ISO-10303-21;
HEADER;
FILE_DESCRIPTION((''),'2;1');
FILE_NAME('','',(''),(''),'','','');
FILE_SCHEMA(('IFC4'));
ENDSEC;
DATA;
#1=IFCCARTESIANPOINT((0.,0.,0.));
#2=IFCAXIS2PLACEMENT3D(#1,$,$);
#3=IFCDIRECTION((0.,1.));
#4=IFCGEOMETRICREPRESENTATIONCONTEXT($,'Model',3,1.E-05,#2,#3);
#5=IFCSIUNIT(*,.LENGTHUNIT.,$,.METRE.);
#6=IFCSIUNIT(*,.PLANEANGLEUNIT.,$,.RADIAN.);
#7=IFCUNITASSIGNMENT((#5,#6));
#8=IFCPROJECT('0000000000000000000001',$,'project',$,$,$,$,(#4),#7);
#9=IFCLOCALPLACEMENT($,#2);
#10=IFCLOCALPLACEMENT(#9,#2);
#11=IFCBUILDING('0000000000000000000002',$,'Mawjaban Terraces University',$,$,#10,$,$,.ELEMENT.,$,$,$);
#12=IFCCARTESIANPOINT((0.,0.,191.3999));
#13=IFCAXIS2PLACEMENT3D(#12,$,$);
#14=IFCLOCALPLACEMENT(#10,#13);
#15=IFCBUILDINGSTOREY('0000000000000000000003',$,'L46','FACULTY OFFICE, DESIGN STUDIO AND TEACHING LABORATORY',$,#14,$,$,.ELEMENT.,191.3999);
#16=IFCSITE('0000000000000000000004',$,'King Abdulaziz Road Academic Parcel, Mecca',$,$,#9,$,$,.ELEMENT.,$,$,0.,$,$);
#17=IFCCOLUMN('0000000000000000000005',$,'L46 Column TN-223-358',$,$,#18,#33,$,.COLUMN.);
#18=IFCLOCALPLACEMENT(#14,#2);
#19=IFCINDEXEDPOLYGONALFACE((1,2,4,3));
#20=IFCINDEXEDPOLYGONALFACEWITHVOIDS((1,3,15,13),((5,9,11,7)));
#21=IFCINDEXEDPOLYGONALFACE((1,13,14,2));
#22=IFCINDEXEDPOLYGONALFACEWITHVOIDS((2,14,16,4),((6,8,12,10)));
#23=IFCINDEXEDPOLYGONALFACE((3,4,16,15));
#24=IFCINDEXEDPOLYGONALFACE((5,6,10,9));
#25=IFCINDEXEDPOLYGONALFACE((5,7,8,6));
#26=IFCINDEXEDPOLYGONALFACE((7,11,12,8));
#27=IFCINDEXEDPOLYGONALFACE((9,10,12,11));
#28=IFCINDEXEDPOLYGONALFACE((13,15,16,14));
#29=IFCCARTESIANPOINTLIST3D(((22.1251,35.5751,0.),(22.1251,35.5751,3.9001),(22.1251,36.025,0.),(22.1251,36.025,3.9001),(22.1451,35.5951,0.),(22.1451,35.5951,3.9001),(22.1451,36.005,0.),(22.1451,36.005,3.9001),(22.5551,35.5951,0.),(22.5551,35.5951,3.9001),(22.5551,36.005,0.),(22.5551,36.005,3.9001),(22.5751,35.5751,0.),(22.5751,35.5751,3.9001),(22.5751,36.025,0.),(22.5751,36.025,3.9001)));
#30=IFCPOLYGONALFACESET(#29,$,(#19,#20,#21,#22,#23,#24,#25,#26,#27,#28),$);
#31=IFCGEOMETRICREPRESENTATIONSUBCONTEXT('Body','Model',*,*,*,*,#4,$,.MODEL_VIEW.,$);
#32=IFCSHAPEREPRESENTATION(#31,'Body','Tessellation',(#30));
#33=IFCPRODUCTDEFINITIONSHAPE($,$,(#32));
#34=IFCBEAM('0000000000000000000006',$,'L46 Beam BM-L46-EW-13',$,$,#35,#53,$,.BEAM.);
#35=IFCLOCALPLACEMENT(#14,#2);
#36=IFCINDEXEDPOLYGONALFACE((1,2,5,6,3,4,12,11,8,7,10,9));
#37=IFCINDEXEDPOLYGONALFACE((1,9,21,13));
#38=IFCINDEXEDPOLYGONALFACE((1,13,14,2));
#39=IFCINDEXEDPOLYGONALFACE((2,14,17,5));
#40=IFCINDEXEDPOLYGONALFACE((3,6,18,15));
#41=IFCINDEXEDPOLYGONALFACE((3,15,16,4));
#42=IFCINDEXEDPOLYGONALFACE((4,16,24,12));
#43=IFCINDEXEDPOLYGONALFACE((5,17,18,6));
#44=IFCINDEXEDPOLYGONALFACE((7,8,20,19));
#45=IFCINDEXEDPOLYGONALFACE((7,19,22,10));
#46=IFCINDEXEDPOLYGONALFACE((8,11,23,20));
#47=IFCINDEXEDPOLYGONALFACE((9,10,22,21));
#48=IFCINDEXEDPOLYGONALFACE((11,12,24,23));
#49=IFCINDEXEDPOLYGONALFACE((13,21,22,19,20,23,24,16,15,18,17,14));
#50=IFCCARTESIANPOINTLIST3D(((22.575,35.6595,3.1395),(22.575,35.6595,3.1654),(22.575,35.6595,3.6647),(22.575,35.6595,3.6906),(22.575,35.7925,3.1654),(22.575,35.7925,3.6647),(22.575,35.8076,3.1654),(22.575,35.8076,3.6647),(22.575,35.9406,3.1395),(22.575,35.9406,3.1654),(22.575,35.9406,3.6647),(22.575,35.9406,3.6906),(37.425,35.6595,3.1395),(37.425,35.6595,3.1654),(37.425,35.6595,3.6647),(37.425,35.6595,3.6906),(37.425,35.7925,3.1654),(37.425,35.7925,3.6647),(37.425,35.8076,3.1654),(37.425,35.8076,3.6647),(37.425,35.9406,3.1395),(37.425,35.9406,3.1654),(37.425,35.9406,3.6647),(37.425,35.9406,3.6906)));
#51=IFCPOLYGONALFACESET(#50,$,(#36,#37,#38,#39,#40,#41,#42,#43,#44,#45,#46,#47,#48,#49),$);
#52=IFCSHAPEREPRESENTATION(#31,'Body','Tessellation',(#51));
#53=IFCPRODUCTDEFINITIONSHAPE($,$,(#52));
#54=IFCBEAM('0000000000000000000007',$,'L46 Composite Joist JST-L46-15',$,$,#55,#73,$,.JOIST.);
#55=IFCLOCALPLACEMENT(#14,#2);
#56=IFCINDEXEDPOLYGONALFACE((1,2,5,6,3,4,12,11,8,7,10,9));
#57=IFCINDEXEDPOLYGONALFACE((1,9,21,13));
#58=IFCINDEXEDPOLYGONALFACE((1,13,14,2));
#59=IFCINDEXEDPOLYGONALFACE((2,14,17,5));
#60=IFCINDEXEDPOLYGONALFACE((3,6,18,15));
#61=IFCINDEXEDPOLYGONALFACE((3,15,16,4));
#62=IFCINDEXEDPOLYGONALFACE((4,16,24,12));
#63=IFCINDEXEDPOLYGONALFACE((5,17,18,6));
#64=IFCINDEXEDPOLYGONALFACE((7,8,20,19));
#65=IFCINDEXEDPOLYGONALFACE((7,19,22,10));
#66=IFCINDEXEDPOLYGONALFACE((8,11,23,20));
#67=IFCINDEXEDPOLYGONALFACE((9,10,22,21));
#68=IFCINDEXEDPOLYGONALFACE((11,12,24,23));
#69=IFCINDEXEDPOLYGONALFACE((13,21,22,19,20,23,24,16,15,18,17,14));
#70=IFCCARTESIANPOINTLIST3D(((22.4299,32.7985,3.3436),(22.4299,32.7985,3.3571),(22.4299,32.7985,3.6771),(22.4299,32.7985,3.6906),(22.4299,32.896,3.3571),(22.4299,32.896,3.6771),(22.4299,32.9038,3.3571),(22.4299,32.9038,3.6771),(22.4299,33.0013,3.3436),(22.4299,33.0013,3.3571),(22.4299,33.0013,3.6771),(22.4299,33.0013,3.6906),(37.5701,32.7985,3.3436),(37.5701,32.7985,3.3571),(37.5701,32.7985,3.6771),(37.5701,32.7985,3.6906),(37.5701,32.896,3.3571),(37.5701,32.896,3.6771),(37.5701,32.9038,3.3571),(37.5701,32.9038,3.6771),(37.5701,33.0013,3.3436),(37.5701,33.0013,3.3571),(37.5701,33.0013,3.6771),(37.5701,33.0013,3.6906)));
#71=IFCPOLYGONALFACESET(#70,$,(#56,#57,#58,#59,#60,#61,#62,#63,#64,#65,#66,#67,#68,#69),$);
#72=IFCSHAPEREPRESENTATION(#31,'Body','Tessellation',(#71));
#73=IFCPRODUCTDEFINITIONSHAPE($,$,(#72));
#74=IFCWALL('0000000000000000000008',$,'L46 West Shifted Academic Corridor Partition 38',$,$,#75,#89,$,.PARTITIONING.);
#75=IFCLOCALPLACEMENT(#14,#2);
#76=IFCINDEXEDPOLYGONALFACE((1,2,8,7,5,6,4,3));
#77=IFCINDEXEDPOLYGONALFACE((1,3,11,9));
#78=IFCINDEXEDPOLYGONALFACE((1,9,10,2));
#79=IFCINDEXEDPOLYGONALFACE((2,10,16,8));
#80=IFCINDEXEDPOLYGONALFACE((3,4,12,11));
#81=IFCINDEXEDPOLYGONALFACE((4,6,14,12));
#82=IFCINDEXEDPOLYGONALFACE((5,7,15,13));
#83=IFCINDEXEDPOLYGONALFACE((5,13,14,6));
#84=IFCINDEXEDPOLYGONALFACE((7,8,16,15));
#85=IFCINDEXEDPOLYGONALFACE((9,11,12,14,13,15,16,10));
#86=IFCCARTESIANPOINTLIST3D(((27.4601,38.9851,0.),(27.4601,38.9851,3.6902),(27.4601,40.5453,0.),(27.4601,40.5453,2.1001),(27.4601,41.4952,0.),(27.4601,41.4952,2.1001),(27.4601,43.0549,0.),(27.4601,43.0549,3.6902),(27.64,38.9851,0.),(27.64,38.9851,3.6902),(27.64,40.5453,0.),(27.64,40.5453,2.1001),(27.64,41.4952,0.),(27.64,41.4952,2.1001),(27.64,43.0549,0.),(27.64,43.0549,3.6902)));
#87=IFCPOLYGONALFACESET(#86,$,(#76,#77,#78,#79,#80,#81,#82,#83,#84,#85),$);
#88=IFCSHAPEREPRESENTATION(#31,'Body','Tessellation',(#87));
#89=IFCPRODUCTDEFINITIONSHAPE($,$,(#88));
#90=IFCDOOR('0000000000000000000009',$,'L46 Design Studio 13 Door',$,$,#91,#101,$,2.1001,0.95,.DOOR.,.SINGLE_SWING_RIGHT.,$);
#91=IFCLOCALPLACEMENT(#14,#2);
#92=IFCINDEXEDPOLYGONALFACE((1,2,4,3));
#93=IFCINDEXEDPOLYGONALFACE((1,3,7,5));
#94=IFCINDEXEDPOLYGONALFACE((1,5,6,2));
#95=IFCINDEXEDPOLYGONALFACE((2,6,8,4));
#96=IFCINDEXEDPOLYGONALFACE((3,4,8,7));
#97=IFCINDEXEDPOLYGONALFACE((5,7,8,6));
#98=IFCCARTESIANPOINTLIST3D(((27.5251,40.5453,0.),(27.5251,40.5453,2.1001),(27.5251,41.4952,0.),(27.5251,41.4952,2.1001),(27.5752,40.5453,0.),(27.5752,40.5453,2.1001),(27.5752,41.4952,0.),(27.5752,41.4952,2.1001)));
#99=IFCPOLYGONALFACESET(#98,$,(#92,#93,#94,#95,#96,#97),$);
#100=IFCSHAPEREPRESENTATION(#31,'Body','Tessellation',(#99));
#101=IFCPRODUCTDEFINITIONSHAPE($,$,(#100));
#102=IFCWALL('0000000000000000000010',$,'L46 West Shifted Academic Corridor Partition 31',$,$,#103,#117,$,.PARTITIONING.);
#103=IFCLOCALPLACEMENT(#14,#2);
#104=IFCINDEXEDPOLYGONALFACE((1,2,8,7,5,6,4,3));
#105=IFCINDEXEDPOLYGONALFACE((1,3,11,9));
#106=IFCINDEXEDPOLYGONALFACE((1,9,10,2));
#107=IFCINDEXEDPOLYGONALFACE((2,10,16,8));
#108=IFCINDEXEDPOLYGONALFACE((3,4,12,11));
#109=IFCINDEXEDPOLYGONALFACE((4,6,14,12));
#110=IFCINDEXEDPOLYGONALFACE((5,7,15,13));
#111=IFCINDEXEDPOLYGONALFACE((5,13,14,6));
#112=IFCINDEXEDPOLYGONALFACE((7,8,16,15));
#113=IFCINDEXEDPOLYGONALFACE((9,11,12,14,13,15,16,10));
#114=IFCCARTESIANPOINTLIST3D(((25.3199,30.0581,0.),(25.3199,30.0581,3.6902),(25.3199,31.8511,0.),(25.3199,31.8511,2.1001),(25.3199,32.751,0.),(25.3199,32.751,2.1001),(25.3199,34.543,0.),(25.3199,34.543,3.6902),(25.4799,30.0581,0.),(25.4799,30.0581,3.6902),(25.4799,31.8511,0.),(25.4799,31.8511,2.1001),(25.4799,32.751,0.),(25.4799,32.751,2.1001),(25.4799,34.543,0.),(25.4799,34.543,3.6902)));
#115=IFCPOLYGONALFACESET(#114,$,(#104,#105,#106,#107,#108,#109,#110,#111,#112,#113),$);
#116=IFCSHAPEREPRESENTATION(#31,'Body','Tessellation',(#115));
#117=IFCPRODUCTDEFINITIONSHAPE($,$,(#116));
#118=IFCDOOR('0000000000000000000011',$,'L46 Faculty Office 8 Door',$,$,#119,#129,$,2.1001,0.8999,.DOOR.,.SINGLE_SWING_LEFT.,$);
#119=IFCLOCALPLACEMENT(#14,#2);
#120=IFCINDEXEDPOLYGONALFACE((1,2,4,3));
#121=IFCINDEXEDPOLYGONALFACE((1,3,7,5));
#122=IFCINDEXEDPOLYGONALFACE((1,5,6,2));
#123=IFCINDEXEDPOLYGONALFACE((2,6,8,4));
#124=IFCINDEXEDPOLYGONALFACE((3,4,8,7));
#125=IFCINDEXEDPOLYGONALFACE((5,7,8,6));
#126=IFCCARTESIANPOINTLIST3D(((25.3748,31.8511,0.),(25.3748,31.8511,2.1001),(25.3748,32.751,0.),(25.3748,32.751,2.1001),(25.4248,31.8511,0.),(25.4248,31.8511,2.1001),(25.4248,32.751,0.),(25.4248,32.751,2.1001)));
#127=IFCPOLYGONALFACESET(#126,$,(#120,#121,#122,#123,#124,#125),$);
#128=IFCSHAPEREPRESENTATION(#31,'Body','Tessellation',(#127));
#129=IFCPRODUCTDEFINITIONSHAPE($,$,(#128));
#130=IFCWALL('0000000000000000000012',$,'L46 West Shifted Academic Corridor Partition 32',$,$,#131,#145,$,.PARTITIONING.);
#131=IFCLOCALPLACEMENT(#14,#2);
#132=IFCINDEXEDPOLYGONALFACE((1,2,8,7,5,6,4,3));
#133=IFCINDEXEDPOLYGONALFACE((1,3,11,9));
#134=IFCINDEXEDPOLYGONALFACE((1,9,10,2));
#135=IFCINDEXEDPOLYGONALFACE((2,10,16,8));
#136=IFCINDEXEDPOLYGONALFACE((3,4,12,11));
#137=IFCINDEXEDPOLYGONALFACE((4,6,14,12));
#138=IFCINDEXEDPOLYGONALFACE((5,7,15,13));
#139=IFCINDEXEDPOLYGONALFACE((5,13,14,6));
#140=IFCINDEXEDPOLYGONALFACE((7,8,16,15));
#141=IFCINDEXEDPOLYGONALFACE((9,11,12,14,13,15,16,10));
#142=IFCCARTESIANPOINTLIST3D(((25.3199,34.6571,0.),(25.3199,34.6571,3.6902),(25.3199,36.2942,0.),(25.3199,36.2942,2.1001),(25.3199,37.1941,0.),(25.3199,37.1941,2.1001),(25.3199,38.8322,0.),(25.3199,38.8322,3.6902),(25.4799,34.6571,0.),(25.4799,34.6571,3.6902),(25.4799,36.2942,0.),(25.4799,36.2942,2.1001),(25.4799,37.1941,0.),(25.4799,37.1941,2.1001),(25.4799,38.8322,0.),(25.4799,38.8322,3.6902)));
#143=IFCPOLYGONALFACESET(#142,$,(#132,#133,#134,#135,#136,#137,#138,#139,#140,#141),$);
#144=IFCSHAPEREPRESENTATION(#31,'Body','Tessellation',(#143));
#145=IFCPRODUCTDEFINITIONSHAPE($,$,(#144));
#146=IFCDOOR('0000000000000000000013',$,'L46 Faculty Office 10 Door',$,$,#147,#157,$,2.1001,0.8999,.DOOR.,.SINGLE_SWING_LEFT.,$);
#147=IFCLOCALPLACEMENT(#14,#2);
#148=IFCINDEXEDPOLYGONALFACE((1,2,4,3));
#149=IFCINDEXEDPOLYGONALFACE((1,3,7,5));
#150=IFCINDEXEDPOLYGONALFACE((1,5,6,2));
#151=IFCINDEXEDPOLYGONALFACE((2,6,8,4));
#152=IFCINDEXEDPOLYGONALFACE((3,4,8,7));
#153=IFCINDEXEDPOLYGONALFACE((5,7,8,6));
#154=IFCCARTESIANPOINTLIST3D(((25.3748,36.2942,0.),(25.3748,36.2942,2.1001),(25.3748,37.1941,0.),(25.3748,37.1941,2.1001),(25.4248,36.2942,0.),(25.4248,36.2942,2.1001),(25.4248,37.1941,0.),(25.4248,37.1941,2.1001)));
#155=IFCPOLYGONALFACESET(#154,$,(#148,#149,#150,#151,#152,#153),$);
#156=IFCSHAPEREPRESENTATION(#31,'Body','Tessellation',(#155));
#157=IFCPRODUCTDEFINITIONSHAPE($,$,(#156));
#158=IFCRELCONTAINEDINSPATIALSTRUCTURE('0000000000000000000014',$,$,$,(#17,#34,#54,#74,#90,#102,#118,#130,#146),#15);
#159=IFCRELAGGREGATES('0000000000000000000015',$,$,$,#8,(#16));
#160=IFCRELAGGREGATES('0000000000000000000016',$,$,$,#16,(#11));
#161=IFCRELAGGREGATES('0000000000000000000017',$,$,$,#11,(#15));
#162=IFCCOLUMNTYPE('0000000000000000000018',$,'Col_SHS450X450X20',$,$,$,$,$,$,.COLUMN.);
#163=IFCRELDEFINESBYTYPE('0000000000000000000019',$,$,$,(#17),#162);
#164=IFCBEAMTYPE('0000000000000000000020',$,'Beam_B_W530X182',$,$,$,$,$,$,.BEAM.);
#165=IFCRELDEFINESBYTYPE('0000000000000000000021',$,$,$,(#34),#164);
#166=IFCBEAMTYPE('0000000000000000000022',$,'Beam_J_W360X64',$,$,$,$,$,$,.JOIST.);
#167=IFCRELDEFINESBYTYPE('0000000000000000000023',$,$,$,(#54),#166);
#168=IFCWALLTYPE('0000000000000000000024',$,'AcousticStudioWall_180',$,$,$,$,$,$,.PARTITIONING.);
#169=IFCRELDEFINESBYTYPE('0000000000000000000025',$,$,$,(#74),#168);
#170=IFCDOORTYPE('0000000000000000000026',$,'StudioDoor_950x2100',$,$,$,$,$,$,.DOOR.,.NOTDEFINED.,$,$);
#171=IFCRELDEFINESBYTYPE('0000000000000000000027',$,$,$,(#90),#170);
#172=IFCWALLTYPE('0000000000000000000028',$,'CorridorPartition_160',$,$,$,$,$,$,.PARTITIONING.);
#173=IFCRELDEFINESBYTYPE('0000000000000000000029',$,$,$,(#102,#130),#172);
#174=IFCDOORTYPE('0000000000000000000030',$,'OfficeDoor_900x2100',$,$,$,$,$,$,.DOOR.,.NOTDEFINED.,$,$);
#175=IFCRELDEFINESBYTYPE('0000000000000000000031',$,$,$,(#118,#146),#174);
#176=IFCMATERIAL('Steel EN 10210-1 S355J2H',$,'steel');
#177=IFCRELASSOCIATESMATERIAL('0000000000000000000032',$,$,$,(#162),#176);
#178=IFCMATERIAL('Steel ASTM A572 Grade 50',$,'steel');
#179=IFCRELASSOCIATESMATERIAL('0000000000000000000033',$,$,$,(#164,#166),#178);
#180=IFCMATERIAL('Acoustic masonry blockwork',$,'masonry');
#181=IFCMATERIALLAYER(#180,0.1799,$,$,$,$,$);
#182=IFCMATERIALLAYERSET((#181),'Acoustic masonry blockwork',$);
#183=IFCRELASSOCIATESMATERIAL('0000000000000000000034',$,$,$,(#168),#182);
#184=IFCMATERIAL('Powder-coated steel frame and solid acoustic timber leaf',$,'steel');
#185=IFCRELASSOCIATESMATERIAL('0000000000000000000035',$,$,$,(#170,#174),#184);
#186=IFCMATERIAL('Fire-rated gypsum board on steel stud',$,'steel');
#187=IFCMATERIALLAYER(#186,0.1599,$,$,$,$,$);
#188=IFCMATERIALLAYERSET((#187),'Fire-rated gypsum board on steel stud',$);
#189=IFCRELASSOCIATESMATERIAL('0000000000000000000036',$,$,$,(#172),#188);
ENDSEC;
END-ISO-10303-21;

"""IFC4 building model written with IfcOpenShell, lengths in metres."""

from ifc_helpers import new_model, si_unit, direction, frame, frame_2d, origin, origin_2d, place, context, subcontext, project, spatial, rectangle, hollow_rectangle, i_section, extrude, material, layer, layer_set, material_profile, profile_set, type_object, element, fill, save


model = new_model("IFC4")

# Units and contexts
model_context = context("Model", 3, precision=1e-05, world=origin(), true_north=direction((0.0, 1.0)))
body_context = subcontext(model_context, "Body", "Model", "MODEL_VIEW")
ifc_project = project(units=[si_unit("LENGTHUNIT", "METRE"), si_unit("PLANEANGLEUNIT", "RADIAN")], contexts=[model_context])

# Site, building, storey
site_placement = place(None, origin())
site = spatial("IfcSite", under=ifc_project, at=site_placement, Name="King Abdulaziz Road Academic Parcel, Mecca", CompositionType="ELEMENT", RefElevation=0.0)
building_placement = place(site_placement, origin())
building = spatial("IfcBuilding", under=site, at=building_placement, Name="Mawjaban Terraces University", CompositionType="ELEMENT")
storey_placement = place(building_placement, frame((0.0, 0.0, 191.3999)))
storey = spatial("IfcBuildingStorey", under=building, at=storey_placement, Name="L46", Description="FACULTY OFFICE, DESIGN STUDIO AND TEACHING LABORATORY", CompositionType="ELEMENT", Elevation=191.3999)

# Column
ifc_material_1 = material(Name="Steel EN 10210-1 S355J2H", Category="steel")
ifc_material_profile_1 = material_profile(ifc_material_1, hollow_rectangle(XDim=0.45, YDim=0.45, WallThickness=0.02, at=origin_2d()), Name="SHS450X450X20")
ifc_profile_set_1 = profile_set([ifc_material_profile_1], Name="Steel EN 10210-1 S355J2H")
column_type = type_object("IfcColumnType", Name="Col_SHS450X450X20", PredefinedType="COLUMN", material=ifc_profile_set_1)
column_placement = place(storey_placement, frame((22.3501, 35.8, 0.0), z_axis=(0.0, 0.0, 1.0), x_axis=(1.0, 0.0, 0.0)))
element("IfcColumn", 1, at=column_placement, inside=storey, type_object=column_type, Name="L46 Column TN-223-358", PredefinedType="COLUMN", context=body_context, shape_type="SweptSolid", body=[
    extrude(hollow_rectangle(XDim=0.45, YDim=0.45, WallThickness=0.02, at=origin_2d()), origin(), (0.0, 0.0, 1.0), 3.9001),
])

# Beams
ifc_material_2 = material(Name="Steel ASTM A572 Grade 50", Category="steel")
ifc_material_profile_2 = material_profile(ifc_material_2, i_section(OverallWidth=0.281, OverallDepth=0.551, WebThickness=0.0151, FlangeThickness=0.0259, at=origin_2d()), Name="W530X182")
ifc_profile_set_2 = profile_set([ifc_material_profile_2], Name="Steel ASTM A572 Grade 50")
beam_type_1 = type_object("IfcBeamType", Name="Beam_B_W530X182", PredefinedType="BEAM", material=ifc_profile_set_2)
beam_1_placement = place(storey_placement, frame((22.575, 35.8, 3.415), z_axis=(1.0, 0.0, 0.0), x_axis=(0.0, 1.0, 0.0)))
element("IfcBeam", 2, at=beam_1_placement, inside=storey, type_object=beam_type_1, Name="L46 Beam BM-L46-EW-13", PredefinedType="BEAM", context=body_context, shape_type="SweptSolid", body=[
    extrude(i_section(OverallWidth=0.281, OverallDepth=0.551, WebThickness=0.0151, FlangeThickness=0.0259, at=origin_2d()), origin(), (0.0, 0.0, 1.0), 14.8501),
])
ifc_material_profile_3 = material_profile(ifc_material_2, i_section(OverallWidth=0.2029, OverallDepth=0.3469, WebThickness=0.0078, FlangeThickness=0.0134, at=origin_2d()), Name="W360X64")
ifc_profile_set_3 = profile_set([ifc_material_profile_3], Name="Steel ASTM A572 Grade 50")
beam_type_2 = type_object("IfcBeamType", Name="Beam_J_W360X64", PredefinedType="JOIST", material=ifc_profile_set_3)
beam_2_placement = place(storey_placement, frame((22.4299, 32.8999, 3.5171), z_axis=(1.0, 0.0, 0.0), x_axis=(0.0, 1.0, 0.0)))
element("IfcBeam", 3, at=beam_2_placement, inside=storey, type_object=beam_type_2, Name="L46 Composite Joist JST-L46-15", PredefinedType="JOIST", context=body_context, shape_type="SweptSolid", body=[
    extrude(i_section(OverallWidth=0.2029, OverallDepth=0.3469, WebThickness=0.0078, FlangeThickness=0.0134, at=origin_2d()), origin(), (0.0, 0.0, 1.0), 15.1401),
])

# Walls, openings, doors
ifc_material_3 = material(Name="Acoustic masonry blockwork", Category="masonry")
ifc_layer_1 = layer(ifc_material_3, 0.1799)
ifc_layer_set_1 = layer_set([ifc_layer_1], Name="Acoustic masonry blockwork")
wall_type_1 = type_object("IfcWallType", Name="AcousticStudioWall_180", PredefinedType="PARTITIONING", material=ifc_layer_set_1)
wall_1_placement = place(storey_placement, frame((27.55, 38.9851, 0.0), z_axis=(0.0, 0.0, 1.0), x_axis=(0.0, 1.0, 0.0)))
wall_1 = element("IfcWall", 4, at=wall_1_placement, inside=storey, type_object=wall_type_1, Name="L46 West Shifted Academic Corridor Partition 38", PredefinedType="PARTITIONING", context=body_context, shape_type="SweptSolid", body=[
    extrude(rectangle(XDim=4.0698, YDim=0.1799, at=frame_2d((2.0349, 0.0))), origin(), (0.0, 0.0, 1.0), 3.6902),
])
opening_1_placement = place(wall_1_placement, frame((1.5601, 0.0, 0.0)))
opening_1 = element("IfcOpeningElement", 5, at=opening_1_placement, cuts=wall_1, PredefinedType="OPENING", context=body_context, shape_type="SweptSolid", body=[
    extrude(rectangle(XDim=0.95, YDim=2.1001, at=frame_2d((0.4751, 1.05))), frame((0.0, 0.0999, 0.0), z_axis=(0.0, -1.0, 0.0), x_axis=(1.0, 0.0, 0.0)), (0.0, 0.0, 1.0), 0.2),
])
ifc_material_4 = material(Name="Powder-coated steel frame and solid acoustic timber leaf", Category="steel")
door_type_1 = type_object("IfcDoorType", Name="StudioDoor_950x2100", OperationType="NOTDEFINED", PredefinedType="DOOR", material=ifc_material_4)
door_1_placement = place(opening_1_placement, origin())
door_1 = element("IfcDoor", 6, at=door_1_placement, inside=storey, type_object=door_type_1, Name="L46 Design Studio 13 Door", OperationType="SINGLE_SWING_RIGHT", OverallHeight=2.1001, OverallWidth=0.95, PredefinedType="DOOR", context=body_context, shape_type="SweptSolid", body=[
    extrude(rectangle(XDim=0.95, YDim=2.1001, at=frame_2d((0.4751, 1.05))), frame((0.0, 0.0249, 0.0), z_axis=(0.0, -1.0, 0.0), x_axis=(1.0, 0.0, 0.0)), (0.0, 0.0, 1.0), 0.05),
])
fill(opening_1, door_1)
ifc_material_5 = material(Name="Fire-rated gypsum board on steel stud", Category="steel")
ifc_layer_2 = layer(ifc_material_5, 0.1599)
ifc_layer_set_2 = layer_set([ifc_layer_2], Name="Fire-rated gypsum board on steel stud")
wall_type_2 = type_object("IfcWallType", Name="CorridorPartition_160", PredefinedType="PARTITIONING", material=ifc_layer_set_2)
wall_2_placement = place(storey_placement, frame((25.3999, 34.543, 0.0), z_axis=(0.0, 0.0, 1.0), x_axis=(0.0, -1.0, 0.0)))
wall_2 = element("IfcWall", 7, at=wall_2_placement, inside=storey, type_object=wall_type_2, Name="L46 West Shifted Academic Corridor Partition 31", PredefinedType="PARTITIONING", context=body_context, shape_type="SweptSolid", body=[
    extrude(rectangle(XDim=4.4849, YDim=0.1599, at=frame_2d((2.2424, 0.0))), origin(), (0.0, 0.0, 1.0), 3.6902),
])
opening_2_placement = place(wall_2_placement, frame((1.792, 0.0, 0.0)))
opening_2 = element("IfcOpeningElement", 8, at=opening_2_placement, cuts=wall_2, PredefinedType="OPENING", context=body_context, shape_type="SweptSolid", body=[
    extrude(rectangle(XDim=0.8999, YDim=2.1001, at=frame_2d((0.45, 1.05))), frame((0.0, 0.0898, 0.0), z_axis=(0.0, -1.0, 0.0), x_axis=(1.0, 0.0, 0.0)), (0.0, 0.0, 1.0), 0.1799),
])
door_type_2 = type_object("IfcDoorType", Name="OfficeDoor_900x2100", OperationType="NOTDEFINED", PredefinedType="DOOR", material=ifc_material_4)
door_2_placement = place(opening_2_placement, origin())
door_2 = element("IfcDoor", 9, at=door_2_placement, inside=storey, type_object=door_type_2, Name="L46 Faculty Office 8 Door", OperationType="SINGLE_SWING_LEFT", OverallHeight=2.1001, OverallWidth=0.8999, PredefinedType="DOOR", context=body_context, shape_type="SweptSolid", body=[
    extrude(rectangle(XDim=0.8999, YDim=2.1001, at=frame_2d((0.45, 1.05))), frame((0.0, 0.0249, 0.0), z_axis=(0.0, -1.0, 0.0), x_axis=(1.0, 0.0, 0.0)), (0.0, 0.0, 1.0), 0.05),
])
fill(opening_2, door_2)
wall_3_placement = place(storey_placement, frame((25.3999, 38.832, 0.0), z_axis=(0.0, 0.0, 1.0), x_axis=(0.0, -1.0, 0.0)))
wall_3 = element("IfcWall", 10, at=wall_3_placement, inside=storey, type_object=wall_type_2, Name="L46 West Shifted Academic Corridor Partition 32", PredefinedType="PARTITIONING", context=body_context, shape_type="SweptSolid", body=[
    extrude(rectangle(XDim=4.175, YDim=0.1599, at=frame_2d((2.0874, 0.0))), origin(), (0.0, 0.0, 1.0), 3.6902),
])
opening_3_placement = place(wall_3_placement, frame((1.6379, 0.0, 0.0)))
opening_3 = element("IfcOpeningElement", 11, at=opening_3_placement, cuts=wall_3, PredefinedType="OPENING", context=body_context, shape_type="SweptSolid", body=[
    extrude(rectangle(XDim=0.8999, YDim=2.1001, at=frame_2d((0.45, 1.05))), frame((0.0, 0.0898, 0.0), z_axis=(0.0, -1.0, 0.0), x_axis=(1.0, 0.0, 0.0)), (0.0, 0.0, 1.0), 0.1799),
])
door_3_placement = place(opening_3_placement, origin())
door_3 = element("IfcDoor", 12, at=door_3_placement, inside=storey, type_object=door_type_2, Name="L46 Faculty Office 10 Door", OperationType="SINGLE_SWING_LEFT", OverallHeight=2.1001, OverallWidth=0.8999, PredefinedType="DOOR", context=body_context, shape_type="SweptSolid", body=[
    extrude(rectangle(XDim=0.8999, YDim=2.1001, at=frame_2d((0.45, 1.05))), frame((0.0, 0.0249, 0.0), z_axis=(0.0, -1.0, 0.0), x_axis=(1.0, 0.0, 0.0)), (0.0, 0.0, 1.0), 0.05),
])
fill(opening_3, door_3)

save(model, "model.ifc")
